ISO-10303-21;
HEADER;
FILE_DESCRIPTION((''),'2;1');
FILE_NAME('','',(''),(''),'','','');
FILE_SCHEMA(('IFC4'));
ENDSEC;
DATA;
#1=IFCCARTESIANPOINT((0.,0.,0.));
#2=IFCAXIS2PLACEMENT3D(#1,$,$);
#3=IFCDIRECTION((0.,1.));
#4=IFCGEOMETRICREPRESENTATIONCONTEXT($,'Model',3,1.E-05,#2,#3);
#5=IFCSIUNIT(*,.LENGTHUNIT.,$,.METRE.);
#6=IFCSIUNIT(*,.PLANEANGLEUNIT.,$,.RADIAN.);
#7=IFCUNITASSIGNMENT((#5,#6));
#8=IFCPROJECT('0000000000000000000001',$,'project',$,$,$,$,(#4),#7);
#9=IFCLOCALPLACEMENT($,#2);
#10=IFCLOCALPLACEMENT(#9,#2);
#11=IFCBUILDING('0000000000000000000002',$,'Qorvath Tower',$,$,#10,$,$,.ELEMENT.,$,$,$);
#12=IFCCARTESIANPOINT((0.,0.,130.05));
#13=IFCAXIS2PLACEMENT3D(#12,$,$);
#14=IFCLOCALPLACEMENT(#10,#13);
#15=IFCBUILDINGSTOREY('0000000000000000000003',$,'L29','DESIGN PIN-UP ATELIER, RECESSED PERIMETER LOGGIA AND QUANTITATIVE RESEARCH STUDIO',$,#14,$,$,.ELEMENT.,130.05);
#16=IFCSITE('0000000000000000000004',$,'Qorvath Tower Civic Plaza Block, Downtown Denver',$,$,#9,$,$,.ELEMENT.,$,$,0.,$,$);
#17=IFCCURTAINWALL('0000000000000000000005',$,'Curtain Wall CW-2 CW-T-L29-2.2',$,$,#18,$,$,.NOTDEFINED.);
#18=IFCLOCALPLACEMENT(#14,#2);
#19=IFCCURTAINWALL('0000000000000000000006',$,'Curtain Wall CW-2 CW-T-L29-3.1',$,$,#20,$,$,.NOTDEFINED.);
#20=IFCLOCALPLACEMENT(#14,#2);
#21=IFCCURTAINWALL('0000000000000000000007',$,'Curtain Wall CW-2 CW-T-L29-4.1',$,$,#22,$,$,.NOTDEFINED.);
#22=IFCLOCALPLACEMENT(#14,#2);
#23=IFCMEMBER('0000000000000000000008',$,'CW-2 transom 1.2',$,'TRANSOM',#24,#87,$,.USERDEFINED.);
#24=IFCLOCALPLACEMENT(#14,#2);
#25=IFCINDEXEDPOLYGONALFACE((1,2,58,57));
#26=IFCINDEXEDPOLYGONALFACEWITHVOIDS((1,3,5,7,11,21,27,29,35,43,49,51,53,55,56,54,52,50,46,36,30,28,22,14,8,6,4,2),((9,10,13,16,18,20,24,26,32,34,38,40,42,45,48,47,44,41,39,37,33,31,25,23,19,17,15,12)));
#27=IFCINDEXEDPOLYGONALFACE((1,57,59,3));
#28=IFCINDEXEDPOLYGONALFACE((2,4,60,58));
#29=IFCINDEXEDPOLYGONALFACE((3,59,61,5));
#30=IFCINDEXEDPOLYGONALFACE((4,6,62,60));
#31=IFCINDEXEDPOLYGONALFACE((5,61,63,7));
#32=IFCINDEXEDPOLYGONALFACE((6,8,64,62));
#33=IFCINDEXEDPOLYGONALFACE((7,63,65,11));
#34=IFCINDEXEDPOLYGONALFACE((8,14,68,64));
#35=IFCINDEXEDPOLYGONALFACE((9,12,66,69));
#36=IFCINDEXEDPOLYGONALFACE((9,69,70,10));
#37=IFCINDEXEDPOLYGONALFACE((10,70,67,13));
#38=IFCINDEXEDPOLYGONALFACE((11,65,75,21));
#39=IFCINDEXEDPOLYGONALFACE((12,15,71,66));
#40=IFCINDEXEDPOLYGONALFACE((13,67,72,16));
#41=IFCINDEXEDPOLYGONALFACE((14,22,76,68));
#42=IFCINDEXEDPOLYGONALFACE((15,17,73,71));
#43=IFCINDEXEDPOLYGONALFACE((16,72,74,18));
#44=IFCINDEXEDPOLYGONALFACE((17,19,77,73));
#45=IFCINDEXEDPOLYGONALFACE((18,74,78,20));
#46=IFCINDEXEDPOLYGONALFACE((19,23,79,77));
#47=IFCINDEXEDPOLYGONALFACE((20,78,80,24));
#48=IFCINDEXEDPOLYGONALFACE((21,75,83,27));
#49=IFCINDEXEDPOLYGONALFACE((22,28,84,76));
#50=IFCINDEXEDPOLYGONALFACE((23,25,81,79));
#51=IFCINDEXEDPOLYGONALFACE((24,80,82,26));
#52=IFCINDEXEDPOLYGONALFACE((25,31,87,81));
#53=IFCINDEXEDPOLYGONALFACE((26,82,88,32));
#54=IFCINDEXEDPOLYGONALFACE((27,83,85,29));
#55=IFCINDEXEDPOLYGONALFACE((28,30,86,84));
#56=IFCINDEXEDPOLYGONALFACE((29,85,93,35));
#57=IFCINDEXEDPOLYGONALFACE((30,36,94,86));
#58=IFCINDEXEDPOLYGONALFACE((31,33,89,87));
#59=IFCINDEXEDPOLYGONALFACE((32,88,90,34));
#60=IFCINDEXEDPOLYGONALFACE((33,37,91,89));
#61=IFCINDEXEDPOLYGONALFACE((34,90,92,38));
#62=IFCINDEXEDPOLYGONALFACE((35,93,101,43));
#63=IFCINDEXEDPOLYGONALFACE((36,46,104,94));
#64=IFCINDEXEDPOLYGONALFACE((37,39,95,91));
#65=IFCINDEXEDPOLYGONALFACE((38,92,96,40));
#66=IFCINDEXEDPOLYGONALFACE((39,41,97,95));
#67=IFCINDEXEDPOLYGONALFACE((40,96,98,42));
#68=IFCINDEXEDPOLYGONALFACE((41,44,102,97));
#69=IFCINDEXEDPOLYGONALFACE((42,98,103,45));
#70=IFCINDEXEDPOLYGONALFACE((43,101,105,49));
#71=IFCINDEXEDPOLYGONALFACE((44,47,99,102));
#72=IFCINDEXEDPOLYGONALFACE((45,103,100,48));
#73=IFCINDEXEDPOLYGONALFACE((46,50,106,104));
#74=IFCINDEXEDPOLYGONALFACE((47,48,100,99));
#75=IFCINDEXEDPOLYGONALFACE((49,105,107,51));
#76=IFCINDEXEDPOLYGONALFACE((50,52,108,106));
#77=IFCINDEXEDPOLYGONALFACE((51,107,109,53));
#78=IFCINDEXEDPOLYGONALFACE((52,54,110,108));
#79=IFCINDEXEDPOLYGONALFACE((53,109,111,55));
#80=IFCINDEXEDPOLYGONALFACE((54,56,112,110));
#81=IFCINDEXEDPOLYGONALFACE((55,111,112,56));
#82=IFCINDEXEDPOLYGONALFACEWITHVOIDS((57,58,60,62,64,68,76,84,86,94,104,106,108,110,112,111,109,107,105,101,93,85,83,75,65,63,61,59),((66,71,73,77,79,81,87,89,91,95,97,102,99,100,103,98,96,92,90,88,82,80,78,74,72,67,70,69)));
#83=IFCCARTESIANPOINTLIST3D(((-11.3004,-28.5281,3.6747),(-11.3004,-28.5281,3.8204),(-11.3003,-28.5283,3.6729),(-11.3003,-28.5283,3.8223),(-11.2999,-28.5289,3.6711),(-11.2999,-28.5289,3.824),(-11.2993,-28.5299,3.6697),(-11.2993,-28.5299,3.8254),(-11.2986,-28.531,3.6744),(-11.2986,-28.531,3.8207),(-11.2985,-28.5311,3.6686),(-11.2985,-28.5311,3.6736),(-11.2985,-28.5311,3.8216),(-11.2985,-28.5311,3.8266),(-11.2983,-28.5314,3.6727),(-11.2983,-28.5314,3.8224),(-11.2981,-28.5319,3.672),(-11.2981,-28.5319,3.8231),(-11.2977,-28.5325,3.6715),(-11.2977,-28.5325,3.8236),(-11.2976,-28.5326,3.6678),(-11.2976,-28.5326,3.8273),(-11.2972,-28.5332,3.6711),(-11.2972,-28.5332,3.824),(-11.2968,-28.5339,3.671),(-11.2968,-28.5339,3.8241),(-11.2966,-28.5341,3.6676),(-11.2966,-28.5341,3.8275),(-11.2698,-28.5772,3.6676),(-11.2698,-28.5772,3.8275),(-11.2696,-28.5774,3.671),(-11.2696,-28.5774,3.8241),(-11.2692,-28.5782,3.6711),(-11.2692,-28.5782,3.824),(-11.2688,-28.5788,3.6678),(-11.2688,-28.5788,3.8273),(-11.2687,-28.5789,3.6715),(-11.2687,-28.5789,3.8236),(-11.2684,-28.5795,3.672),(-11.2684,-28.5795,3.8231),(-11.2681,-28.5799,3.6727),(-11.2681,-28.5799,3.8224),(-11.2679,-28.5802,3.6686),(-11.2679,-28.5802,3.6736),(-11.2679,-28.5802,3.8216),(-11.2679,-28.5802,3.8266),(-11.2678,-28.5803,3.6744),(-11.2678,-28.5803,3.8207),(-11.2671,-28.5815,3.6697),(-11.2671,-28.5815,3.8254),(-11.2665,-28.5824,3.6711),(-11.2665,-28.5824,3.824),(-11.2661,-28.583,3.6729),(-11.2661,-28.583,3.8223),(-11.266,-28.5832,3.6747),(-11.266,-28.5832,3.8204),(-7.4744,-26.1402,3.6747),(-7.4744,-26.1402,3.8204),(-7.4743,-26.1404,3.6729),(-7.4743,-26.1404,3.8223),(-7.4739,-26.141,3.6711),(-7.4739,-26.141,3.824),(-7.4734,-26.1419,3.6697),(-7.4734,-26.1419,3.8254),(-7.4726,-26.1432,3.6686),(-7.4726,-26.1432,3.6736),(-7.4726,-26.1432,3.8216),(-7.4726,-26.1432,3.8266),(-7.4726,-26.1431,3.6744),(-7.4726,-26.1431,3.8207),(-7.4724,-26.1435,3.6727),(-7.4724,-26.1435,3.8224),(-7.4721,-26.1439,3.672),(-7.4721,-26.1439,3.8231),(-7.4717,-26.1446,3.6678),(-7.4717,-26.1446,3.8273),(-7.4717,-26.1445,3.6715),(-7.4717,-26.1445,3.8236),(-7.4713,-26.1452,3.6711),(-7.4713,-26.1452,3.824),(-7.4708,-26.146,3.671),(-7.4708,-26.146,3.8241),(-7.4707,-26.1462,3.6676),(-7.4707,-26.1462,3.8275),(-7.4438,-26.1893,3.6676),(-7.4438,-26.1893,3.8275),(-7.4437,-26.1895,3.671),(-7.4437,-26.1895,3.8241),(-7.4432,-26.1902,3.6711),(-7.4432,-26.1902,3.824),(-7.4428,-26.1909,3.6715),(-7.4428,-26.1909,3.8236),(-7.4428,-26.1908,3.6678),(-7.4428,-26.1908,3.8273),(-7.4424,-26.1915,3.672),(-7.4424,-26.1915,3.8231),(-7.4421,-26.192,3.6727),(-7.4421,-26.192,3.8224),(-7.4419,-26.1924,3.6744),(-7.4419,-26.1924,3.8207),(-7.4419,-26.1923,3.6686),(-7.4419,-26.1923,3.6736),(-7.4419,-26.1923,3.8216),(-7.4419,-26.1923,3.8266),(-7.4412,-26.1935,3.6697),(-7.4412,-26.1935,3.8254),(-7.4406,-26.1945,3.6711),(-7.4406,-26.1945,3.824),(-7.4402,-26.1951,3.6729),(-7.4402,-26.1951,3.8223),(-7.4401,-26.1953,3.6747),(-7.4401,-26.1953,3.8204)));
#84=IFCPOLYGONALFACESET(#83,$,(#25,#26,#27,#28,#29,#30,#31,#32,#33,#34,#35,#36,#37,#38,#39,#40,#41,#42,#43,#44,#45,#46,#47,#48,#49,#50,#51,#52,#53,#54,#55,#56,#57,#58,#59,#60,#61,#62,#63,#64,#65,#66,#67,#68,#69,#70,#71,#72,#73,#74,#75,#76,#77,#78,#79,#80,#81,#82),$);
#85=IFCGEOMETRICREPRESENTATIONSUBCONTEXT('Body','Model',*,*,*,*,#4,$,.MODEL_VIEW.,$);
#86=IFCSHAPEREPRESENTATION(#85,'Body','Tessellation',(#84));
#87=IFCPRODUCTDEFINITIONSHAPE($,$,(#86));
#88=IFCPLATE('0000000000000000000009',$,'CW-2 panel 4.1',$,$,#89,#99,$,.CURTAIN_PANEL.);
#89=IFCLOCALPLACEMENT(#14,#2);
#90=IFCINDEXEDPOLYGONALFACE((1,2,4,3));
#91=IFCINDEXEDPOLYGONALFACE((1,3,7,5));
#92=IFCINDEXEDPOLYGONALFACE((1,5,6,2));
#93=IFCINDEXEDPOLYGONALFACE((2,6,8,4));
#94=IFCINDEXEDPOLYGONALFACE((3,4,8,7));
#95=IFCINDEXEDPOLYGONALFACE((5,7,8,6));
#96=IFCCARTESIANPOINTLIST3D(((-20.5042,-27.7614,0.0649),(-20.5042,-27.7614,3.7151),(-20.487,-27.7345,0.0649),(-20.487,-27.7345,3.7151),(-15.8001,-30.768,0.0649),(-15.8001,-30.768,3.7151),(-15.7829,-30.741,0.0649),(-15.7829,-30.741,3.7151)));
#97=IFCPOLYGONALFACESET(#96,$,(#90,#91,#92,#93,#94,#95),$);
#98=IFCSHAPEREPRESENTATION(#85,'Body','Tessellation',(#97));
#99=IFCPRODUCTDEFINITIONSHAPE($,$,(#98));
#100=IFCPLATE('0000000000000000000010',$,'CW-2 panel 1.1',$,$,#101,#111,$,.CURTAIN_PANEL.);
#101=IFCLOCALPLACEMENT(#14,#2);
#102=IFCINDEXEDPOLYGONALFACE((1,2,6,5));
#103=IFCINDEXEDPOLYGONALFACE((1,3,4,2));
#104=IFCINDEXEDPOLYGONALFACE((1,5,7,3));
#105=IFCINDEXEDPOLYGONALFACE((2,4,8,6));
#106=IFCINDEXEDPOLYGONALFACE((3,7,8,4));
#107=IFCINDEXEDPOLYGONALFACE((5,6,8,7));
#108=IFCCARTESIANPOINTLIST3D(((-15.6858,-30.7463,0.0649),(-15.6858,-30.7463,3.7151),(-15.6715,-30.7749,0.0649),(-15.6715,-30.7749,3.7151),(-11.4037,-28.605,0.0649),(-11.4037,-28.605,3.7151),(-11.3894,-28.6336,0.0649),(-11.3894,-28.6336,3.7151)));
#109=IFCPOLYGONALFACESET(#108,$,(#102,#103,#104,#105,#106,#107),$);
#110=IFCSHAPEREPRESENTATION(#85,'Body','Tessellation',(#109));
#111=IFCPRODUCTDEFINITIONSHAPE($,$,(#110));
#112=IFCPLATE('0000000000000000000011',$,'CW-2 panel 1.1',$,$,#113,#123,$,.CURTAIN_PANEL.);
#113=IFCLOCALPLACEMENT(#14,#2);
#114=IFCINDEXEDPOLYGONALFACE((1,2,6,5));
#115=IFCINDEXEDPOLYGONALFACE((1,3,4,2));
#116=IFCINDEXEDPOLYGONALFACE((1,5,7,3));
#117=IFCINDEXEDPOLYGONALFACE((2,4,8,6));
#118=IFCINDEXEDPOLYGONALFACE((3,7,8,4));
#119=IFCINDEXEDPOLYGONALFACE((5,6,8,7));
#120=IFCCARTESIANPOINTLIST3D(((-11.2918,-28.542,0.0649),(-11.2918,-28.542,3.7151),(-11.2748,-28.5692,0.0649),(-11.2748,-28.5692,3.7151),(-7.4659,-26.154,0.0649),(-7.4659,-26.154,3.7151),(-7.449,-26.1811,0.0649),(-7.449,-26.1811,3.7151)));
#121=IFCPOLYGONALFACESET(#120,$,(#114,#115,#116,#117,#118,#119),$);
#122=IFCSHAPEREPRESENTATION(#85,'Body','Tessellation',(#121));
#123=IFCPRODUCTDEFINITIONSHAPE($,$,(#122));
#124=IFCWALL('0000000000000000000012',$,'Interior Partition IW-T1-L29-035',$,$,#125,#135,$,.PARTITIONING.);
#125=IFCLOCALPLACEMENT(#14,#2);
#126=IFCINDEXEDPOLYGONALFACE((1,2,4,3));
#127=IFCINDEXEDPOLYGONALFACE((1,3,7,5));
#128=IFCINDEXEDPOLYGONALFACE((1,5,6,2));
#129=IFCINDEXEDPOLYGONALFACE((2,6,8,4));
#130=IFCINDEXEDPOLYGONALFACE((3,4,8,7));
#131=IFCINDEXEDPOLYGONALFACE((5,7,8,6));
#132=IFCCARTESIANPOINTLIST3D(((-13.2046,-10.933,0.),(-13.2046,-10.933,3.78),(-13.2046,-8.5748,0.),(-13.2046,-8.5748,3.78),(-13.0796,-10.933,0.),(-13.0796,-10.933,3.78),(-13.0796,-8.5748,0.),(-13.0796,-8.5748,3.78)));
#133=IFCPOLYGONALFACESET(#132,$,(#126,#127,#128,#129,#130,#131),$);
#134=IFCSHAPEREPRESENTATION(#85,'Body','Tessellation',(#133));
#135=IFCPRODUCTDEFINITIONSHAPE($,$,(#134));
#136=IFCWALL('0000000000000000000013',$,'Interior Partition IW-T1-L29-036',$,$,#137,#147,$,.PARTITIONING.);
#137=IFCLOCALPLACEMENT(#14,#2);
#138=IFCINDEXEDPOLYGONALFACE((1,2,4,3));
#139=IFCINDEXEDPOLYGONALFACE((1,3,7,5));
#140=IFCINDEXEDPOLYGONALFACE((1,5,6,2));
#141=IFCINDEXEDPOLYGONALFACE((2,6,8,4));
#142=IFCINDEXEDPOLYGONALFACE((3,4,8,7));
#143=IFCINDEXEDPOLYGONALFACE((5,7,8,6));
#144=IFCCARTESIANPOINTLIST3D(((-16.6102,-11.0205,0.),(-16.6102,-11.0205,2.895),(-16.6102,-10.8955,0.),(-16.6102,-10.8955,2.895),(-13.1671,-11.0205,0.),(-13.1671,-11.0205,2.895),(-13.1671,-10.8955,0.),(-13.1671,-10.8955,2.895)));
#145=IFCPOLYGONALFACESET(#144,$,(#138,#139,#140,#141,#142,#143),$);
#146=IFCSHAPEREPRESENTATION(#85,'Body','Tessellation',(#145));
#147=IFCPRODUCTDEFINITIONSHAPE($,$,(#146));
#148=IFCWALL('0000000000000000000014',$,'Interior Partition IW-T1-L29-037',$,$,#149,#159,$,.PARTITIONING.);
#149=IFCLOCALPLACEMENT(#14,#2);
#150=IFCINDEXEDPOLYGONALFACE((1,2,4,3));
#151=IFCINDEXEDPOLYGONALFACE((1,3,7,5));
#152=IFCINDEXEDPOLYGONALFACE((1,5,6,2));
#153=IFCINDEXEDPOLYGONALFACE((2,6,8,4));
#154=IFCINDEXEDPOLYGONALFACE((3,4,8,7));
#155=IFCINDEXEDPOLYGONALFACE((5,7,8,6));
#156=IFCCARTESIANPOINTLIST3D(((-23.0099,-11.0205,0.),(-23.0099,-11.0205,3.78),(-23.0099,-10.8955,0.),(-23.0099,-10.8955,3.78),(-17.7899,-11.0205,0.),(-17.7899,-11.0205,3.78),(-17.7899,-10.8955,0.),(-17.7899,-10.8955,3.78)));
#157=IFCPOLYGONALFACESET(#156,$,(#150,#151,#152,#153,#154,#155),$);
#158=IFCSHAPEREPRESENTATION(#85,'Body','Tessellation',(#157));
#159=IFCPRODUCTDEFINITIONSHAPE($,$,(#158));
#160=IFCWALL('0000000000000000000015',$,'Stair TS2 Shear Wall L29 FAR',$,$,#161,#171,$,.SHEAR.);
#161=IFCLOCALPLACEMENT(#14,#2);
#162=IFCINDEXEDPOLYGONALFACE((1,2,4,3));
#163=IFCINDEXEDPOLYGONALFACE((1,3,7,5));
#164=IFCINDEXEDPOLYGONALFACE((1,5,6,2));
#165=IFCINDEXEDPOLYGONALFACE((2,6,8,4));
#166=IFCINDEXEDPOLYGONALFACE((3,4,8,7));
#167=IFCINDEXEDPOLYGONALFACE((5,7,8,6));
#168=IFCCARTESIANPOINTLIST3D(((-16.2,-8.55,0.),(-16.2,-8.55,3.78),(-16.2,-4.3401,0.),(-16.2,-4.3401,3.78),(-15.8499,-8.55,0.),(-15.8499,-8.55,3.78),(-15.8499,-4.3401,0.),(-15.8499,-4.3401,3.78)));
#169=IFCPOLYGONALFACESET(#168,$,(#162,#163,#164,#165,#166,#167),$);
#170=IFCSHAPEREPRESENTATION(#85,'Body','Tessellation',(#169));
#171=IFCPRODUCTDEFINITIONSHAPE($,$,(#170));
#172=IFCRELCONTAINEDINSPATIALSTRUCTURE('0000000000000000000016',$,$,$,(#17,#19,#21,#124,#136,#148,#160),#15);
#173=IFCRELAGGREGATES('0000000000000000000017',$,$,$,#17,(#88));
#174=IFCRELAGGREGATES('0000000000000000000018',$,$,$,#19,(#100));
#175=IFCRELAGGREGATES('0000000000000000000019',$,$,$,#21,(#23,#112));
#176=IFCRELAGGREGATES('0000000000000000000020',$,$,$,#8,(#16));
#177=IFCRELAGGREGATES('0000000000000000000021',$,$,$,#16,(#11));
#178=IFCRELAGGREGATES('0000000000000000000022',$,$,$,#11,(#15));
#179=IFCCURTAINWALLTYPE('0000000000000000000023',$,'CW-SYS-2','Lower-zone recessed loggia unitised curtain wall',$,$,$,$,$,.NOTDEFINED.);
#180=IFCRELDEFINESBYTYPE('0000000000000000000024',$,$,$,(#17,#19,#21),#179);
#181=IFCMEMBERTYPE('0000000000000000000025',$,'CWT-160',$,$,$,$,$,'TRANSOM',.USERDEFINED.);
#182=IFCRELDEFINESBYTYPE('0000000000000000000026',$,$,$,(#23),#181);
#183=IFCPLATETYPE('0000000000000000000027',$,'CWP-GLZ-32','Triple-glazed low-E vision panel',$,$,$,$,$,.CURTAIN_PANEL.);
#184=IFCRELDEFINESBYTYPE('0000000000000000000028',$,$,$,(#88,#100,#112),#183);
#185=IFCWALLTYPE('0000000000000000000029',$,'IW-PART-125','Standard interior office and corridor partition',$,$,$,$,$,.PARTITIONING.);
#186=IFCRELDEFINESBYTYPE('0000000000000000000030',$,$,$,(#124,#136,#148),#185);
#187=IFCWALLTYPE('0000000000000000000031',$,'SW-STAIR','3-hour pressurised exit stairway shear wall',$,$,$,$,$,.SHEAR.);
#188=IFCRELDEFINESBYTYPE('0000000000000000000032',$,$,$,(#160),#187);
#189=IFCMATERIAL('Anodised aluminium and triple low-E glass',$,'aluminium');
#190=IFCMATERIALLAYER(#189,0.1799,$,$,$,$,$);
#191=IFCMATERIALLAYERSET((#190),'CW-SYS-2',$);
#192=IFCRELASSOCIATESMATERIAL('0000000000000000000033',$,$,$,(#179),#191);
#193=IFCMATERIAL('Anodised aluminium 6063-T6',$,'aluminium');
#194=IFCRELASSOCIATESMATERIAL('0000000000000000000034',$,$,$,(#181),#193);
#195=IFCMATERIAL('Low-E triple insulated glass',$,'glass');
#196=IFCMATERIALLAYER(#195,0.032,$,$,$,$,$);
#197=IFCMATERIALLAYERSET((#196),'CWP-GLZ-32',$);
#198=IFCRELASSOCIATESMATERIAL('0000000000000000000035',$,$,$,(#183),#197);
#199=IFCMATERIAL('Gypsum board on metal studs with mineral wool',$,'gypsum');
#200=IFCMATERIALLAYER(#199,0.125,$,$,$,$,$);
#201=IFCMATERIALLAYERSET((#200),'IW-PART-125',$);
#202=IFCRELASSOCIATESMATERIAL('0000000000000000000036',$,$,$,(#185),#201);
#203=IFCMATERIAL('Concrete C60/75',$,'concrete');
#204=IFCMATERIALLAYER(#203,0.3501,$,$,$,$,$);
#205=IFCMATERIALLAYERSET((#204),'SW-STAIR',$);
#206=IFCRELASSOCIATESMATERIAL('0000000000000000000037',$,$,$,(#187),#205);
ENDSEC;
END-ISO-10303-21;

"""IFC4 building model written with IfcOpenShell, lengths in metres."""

from ifc_helpers import new_model, si_unit, direction, frame, frame_2d, origin, origin_2d, place, context, subcontext, project, spatial, rectangle, hollow_rectangle, extrude, material, layer, layer_set, material_profile, profile_set, type_object, element, aggregate, save


model = new_model("IFC4")

# Units and contexts
model_context = context("Model", 3, precision=1e-05, world=origin(), true_north=direction((0.0, 1.0)))
body_context = subcontext(model_context, "Body", "Model", "MODEL_VIEW")
ifc_project = project(units=[si_unit("LENGTHUNIT", "METRE"), si_unit("PLANEANGLEUNIT", "RADIAN")], contexts=[model_context])

# Site, building, storey
site_placement = place(None, origin())
site = spatial("IfcSite", under=ifc_project, at=site_placement, Name="Qorvath Tower Civic Plaza Block, Downtown Denver", CompositionType="ELEMENT", RefElevation=0.0)
building_placement = place(site_placement, origin())
building = spatial("IfcBuilding", under=site, at=building_placement, Name="Qorvath Tower", CompositionType="ELEMENT")
storey_placement = place(building_placement, frame((0.0, 0.0, 130.05)))
storey = spatial("IfcBuildingStorey", under=building, at=storey_placement, Name="L29", Description="DESIGN PIN-UP ATELIER, RECESSED PERIMETER LOGGIA AND QUANTITATIVE RESEARCH STUDIO", CompositionType="ELEMENT", Elevation=130.05)

# Curtain wall
ifc_material_1 = material(Name="Anodised aluminium and triple low-E glass", Category="aluminium")
ifc_layer_1 = layer(ifc_material_1, 0.1799)
ifc_layer_set_1 = layer_set([ifc_layer_1], Name="CW-SYS-2")
curtain_wall_type = type_object("IfcCurtainWallType", Name="CW-SYS-2", Description="Lower-zone recessed loggia unitised curtain wall", PredefinedType="NOTDEFINED", material=ifc_layer_set_1)
curtain_wall_1_placement = place(storey_placement, origin())
curtain_wall_1 = element("IfcCurtainWall", 1, at=curtain_wall_1_placement, inside=storey, type_object=curtain_wall_type, Name="Curtain Wall CW-2 CW-T-L29-2.2", PredefinedType="NOTDEFINED")

# Curtain wall
curtain_wall_2_placement = place(storey_placement, origin())
curtain_wall_2 = element("IfcCurtainWall", 2, at=curtain_wall_2_placement, inside=storey, type_object=curtain_wall_type, Name="Curtain Wall CW-2 CW-T-L29-3.1", PredefinedType="NOTDEFINED")

# Curtain wall
curtain_wall_3_placement = place(storey_placement, origin())
curtain_wall_3 = element("IfcCurtainWall", 3, at=curtain_wall_3_placement, inside=storey, type_object=curtain_wall_type, Name="Curtain Wall CW-2 CW-T-L29-4.1", PredefinedType="NOTDEFINED")

# Member
ifc_material_2 = material(Name="Anodised aluminium 6063-T6", Category="aluminium")
ifc_material_profile_1 = material_profile(ifc_material_2, hollow_rectangle(XDim=0.0649, YDim=0.1599, WallThickness=0.0034, InnerFilletRadius=0.0034, OuterFilletRadius=0.0071, at=origin_2d()), Name="CWT 160x65")
ifc_profile_set_1 = profile_set([ifc_material_profile_1], Name="Anodised aluminium 6063-T6")
member_type_1 = type_object("IfcMemberType", Name="CWT-160", ElementType="TRANSOM", PredefinedType="USERDEFINED", material=ifc_profile_set_1)
member_1_placement = place(storey_placement, frame((-11.2832, -28.5557, 3.7476), z_axis=(0.848324, 0.529478, 0.0), x_axis=(-0.529478, 0.848324, 0.0)))
member_1 = element("IfcMember", 4, at=member_1_placement, type_object=member_type_1, Name="CW-2 transom 1.2", ObjectType="TRANSOM", PredefinedType="USERDEFINED", context=body_context, shape_type="SweptSolid", body=[
    extrude(hollow_rectangle(XDim=0.0649, YDim=0.1599, WallThickness=0.0034, InnerFilletRadius=0.0034, OuterFilletRadius=0.0071, at=origin_2d()), origin(), (0.0, 0.0, 1.0), 4.51),
])

# Plates
ifc_material_3 = material(Name="Low-E triple insulated glass", Category="glass")
ifc_layer_2 = layer(ifc_material_3, 0.032)
ifc_layer_set_2 = layer_set([ifc_layer_2], Name="CWP-GLZ-32")
plate_type = type_object("IfcPlateType", Name="CWP-GLZ-32", Description="Triple-glazed low-E vision panel", PredefinedType="CURTAIN_PANEL", material=ifc_layer_set_2)
plate_1_placement = place(storey_placement, frame((-18.1436, -29.2512, 0.0649), z_axis=(0.0, 0.0, 1.0), x_axis=(0.842602, -0.538536, 0.0)))
plate_1 = element("IfcPlate", 5, at=plate_1_placement, type_object=plate_type, Name="CW-2 panel 4.1", PredefinedType="CURTAIN_PANEL", context=body_context, shape_type="SweptSolid", body=[
    extrude(rectangle(XDim=5.5828, YDim=0.032, at=origin_2d()), origin(), (0.0, 0.0, 1.0), 3.6501),
])
aggregate(curtain_wall_1, [plate_1])
plate_2_placement = place(storey_placement, frame((-13.5376, -29.6899, 0.0649), z_axis=(0.0, 0.0, 1.0), x_axis=(0.894403, 0.447262, 0.0)))
plate_2 = element("IfcPlate", 6, at=plate_2_placement, type_object=plate_type, Name="CW-2 panel 1.1", PredefinedType="CURTAIN_PANEL", context=body_context, shape_type="SweptSolid", body=[
    extrude(rectangle(XDim=4.7876, YDim=0.032, at=origin_2d()), origin(), (0.0, 0.0, 1.0), 3.6501),
])
aggregate(curtain_wall_2, [plate_2])
plate_3_placement = place(storey_placement, frame((-9.3704, -27.3616, 0.0649), z_axis=(0.0, 0.0, 1.0), x_axis=(0.848308, 0.529503, 0.0)))
plate_3 = element("IfcPlate", 7, at=plate_3_placement, type_object=plate_type, Name="CW-2 panel 1.1", PredefinedType="CURTAIN_PANEL", context=body_context, shape_type="SweptSolid", body=[
    extrude(rectangle(XDim=4.51, YDim=0.032, at=origin_2d()), origin(), (0.0, 0.0, 1.0), 3.6501),
])
aggregate(curtain_wall_3, [member_1, plate_3])

# Walls
ifc_material_4 = material(Name="Gypsum board on metal studs with mineral wool", Category="gypsum")
ifc_layer_3 = layer(ifc_material_4, 0.125)
ifc_layer_set_3 = layer_set([ifc_layer_3], Name="IW-PART-125")
wall_type_1 = type_object("IfcWallType", Name="IW-PART-125", Description="Standard interior office and corridor partition", PredefinedType="PARTITIONING", material=ifc_layer_set_3)
wall_1_placement = place(storey_placement, frame((-13.1421, -10.9331, 0.0), z_axis=(0.0, 0.0, 1.0), x_axis=(0.0, 1.0, 0.0)))
element("IfcWall", 8, at=wall_1_placement, inside=storey, type_object=wall_type_1, Name="Interior Partition IW-T1-L29-035", PredefinedType="PARTITIONING", context=body_context, shape_type="SweptSolid", body=[
    extrude(rectangle(XDim=2.3582, YDim=0.125, at=frame_2d((1.1792, 0.0))), origin(), (0.0, 0.0, 1.0), 3.78),
])
wall_2_placement = place(storey_placement, frame((-13.167, -10.958, 0.0), z_axis=(0.0, 0.0, 1.0), x_axis=(-1.0, 0.0, 0.0)))
element("IfcWall", 9, at=wall_2_placement, inside=storey, type_object=wall_type_1, Name="Interior Partition IW-T1-L29-036", PredefinedType="PARTITIONING", context=body_context, shape_type="SweptSolid", body=[
    extrude(rectangle(XDim=3.4431, YDim=0.125, at=frame_2d((1.7217, 0.0))), origin(), (0.0, 0.0, 1.0), 2.895),
])
wall_3_placement = place(storey_placement, frame((-17.79, -10.958, 0.0), z_axis=(0.0, 0.0, 1.0), x_axis=(-1.0, 0.0, 0.0)))
element("IfcWall", 10, at=wall_3_placement, inside=storey, type_object=wall_type_1, Name="Interior Partition IW-T1-L29-037", PredefinedType="PARTITIONING", context=body_context, shape_type="SweptSolid", body=[
    extrude(rectangle(XDim=5.22, YDim=0.125, at=frame_2d((2.6099, 0.0))), origin(), (0.0, 0.0, 1.0), 3.78),
])
ifc_material_5 = material(Name="Concrete C60/75", Category="concrete")
ifc_layer_4 = layer(ifc_material_5, 0.3501)
ifc_layer_set_4 = layer_set([ifc_layer_4], Name="SW-STAIR")
wall_type_2 = type_object("IfcWallType", Name="SW-STAIR", Description="3-hour pressurised exit stairway shear wall", PredefinedType="SHEAR", material=ifc_layer_set_4)
wall_4_placement = place(storey_placement, frame((-16.0249, -8.55, 0.0), z_axis=(0.0, 0.0, 1.0), x_axis=(0.0, 1.0, 0.0)))
element("IfcWall", 11, at=wall_4_placement, inside=storey, type_object=wall_type_2, Name="Stair TS2 Shear Wall L29 FAR", PredefinedType="SHEAR", context=body_context, shape_type="SweptSolid", body=[
    extrude(rectangle(XDim=4.21, YDim=0.3501, at=frame_2d((2.105, 0.0))), origin(), (0.0, 0.0, 1.0), 3.78),
])

save(model, "model.ifc")
